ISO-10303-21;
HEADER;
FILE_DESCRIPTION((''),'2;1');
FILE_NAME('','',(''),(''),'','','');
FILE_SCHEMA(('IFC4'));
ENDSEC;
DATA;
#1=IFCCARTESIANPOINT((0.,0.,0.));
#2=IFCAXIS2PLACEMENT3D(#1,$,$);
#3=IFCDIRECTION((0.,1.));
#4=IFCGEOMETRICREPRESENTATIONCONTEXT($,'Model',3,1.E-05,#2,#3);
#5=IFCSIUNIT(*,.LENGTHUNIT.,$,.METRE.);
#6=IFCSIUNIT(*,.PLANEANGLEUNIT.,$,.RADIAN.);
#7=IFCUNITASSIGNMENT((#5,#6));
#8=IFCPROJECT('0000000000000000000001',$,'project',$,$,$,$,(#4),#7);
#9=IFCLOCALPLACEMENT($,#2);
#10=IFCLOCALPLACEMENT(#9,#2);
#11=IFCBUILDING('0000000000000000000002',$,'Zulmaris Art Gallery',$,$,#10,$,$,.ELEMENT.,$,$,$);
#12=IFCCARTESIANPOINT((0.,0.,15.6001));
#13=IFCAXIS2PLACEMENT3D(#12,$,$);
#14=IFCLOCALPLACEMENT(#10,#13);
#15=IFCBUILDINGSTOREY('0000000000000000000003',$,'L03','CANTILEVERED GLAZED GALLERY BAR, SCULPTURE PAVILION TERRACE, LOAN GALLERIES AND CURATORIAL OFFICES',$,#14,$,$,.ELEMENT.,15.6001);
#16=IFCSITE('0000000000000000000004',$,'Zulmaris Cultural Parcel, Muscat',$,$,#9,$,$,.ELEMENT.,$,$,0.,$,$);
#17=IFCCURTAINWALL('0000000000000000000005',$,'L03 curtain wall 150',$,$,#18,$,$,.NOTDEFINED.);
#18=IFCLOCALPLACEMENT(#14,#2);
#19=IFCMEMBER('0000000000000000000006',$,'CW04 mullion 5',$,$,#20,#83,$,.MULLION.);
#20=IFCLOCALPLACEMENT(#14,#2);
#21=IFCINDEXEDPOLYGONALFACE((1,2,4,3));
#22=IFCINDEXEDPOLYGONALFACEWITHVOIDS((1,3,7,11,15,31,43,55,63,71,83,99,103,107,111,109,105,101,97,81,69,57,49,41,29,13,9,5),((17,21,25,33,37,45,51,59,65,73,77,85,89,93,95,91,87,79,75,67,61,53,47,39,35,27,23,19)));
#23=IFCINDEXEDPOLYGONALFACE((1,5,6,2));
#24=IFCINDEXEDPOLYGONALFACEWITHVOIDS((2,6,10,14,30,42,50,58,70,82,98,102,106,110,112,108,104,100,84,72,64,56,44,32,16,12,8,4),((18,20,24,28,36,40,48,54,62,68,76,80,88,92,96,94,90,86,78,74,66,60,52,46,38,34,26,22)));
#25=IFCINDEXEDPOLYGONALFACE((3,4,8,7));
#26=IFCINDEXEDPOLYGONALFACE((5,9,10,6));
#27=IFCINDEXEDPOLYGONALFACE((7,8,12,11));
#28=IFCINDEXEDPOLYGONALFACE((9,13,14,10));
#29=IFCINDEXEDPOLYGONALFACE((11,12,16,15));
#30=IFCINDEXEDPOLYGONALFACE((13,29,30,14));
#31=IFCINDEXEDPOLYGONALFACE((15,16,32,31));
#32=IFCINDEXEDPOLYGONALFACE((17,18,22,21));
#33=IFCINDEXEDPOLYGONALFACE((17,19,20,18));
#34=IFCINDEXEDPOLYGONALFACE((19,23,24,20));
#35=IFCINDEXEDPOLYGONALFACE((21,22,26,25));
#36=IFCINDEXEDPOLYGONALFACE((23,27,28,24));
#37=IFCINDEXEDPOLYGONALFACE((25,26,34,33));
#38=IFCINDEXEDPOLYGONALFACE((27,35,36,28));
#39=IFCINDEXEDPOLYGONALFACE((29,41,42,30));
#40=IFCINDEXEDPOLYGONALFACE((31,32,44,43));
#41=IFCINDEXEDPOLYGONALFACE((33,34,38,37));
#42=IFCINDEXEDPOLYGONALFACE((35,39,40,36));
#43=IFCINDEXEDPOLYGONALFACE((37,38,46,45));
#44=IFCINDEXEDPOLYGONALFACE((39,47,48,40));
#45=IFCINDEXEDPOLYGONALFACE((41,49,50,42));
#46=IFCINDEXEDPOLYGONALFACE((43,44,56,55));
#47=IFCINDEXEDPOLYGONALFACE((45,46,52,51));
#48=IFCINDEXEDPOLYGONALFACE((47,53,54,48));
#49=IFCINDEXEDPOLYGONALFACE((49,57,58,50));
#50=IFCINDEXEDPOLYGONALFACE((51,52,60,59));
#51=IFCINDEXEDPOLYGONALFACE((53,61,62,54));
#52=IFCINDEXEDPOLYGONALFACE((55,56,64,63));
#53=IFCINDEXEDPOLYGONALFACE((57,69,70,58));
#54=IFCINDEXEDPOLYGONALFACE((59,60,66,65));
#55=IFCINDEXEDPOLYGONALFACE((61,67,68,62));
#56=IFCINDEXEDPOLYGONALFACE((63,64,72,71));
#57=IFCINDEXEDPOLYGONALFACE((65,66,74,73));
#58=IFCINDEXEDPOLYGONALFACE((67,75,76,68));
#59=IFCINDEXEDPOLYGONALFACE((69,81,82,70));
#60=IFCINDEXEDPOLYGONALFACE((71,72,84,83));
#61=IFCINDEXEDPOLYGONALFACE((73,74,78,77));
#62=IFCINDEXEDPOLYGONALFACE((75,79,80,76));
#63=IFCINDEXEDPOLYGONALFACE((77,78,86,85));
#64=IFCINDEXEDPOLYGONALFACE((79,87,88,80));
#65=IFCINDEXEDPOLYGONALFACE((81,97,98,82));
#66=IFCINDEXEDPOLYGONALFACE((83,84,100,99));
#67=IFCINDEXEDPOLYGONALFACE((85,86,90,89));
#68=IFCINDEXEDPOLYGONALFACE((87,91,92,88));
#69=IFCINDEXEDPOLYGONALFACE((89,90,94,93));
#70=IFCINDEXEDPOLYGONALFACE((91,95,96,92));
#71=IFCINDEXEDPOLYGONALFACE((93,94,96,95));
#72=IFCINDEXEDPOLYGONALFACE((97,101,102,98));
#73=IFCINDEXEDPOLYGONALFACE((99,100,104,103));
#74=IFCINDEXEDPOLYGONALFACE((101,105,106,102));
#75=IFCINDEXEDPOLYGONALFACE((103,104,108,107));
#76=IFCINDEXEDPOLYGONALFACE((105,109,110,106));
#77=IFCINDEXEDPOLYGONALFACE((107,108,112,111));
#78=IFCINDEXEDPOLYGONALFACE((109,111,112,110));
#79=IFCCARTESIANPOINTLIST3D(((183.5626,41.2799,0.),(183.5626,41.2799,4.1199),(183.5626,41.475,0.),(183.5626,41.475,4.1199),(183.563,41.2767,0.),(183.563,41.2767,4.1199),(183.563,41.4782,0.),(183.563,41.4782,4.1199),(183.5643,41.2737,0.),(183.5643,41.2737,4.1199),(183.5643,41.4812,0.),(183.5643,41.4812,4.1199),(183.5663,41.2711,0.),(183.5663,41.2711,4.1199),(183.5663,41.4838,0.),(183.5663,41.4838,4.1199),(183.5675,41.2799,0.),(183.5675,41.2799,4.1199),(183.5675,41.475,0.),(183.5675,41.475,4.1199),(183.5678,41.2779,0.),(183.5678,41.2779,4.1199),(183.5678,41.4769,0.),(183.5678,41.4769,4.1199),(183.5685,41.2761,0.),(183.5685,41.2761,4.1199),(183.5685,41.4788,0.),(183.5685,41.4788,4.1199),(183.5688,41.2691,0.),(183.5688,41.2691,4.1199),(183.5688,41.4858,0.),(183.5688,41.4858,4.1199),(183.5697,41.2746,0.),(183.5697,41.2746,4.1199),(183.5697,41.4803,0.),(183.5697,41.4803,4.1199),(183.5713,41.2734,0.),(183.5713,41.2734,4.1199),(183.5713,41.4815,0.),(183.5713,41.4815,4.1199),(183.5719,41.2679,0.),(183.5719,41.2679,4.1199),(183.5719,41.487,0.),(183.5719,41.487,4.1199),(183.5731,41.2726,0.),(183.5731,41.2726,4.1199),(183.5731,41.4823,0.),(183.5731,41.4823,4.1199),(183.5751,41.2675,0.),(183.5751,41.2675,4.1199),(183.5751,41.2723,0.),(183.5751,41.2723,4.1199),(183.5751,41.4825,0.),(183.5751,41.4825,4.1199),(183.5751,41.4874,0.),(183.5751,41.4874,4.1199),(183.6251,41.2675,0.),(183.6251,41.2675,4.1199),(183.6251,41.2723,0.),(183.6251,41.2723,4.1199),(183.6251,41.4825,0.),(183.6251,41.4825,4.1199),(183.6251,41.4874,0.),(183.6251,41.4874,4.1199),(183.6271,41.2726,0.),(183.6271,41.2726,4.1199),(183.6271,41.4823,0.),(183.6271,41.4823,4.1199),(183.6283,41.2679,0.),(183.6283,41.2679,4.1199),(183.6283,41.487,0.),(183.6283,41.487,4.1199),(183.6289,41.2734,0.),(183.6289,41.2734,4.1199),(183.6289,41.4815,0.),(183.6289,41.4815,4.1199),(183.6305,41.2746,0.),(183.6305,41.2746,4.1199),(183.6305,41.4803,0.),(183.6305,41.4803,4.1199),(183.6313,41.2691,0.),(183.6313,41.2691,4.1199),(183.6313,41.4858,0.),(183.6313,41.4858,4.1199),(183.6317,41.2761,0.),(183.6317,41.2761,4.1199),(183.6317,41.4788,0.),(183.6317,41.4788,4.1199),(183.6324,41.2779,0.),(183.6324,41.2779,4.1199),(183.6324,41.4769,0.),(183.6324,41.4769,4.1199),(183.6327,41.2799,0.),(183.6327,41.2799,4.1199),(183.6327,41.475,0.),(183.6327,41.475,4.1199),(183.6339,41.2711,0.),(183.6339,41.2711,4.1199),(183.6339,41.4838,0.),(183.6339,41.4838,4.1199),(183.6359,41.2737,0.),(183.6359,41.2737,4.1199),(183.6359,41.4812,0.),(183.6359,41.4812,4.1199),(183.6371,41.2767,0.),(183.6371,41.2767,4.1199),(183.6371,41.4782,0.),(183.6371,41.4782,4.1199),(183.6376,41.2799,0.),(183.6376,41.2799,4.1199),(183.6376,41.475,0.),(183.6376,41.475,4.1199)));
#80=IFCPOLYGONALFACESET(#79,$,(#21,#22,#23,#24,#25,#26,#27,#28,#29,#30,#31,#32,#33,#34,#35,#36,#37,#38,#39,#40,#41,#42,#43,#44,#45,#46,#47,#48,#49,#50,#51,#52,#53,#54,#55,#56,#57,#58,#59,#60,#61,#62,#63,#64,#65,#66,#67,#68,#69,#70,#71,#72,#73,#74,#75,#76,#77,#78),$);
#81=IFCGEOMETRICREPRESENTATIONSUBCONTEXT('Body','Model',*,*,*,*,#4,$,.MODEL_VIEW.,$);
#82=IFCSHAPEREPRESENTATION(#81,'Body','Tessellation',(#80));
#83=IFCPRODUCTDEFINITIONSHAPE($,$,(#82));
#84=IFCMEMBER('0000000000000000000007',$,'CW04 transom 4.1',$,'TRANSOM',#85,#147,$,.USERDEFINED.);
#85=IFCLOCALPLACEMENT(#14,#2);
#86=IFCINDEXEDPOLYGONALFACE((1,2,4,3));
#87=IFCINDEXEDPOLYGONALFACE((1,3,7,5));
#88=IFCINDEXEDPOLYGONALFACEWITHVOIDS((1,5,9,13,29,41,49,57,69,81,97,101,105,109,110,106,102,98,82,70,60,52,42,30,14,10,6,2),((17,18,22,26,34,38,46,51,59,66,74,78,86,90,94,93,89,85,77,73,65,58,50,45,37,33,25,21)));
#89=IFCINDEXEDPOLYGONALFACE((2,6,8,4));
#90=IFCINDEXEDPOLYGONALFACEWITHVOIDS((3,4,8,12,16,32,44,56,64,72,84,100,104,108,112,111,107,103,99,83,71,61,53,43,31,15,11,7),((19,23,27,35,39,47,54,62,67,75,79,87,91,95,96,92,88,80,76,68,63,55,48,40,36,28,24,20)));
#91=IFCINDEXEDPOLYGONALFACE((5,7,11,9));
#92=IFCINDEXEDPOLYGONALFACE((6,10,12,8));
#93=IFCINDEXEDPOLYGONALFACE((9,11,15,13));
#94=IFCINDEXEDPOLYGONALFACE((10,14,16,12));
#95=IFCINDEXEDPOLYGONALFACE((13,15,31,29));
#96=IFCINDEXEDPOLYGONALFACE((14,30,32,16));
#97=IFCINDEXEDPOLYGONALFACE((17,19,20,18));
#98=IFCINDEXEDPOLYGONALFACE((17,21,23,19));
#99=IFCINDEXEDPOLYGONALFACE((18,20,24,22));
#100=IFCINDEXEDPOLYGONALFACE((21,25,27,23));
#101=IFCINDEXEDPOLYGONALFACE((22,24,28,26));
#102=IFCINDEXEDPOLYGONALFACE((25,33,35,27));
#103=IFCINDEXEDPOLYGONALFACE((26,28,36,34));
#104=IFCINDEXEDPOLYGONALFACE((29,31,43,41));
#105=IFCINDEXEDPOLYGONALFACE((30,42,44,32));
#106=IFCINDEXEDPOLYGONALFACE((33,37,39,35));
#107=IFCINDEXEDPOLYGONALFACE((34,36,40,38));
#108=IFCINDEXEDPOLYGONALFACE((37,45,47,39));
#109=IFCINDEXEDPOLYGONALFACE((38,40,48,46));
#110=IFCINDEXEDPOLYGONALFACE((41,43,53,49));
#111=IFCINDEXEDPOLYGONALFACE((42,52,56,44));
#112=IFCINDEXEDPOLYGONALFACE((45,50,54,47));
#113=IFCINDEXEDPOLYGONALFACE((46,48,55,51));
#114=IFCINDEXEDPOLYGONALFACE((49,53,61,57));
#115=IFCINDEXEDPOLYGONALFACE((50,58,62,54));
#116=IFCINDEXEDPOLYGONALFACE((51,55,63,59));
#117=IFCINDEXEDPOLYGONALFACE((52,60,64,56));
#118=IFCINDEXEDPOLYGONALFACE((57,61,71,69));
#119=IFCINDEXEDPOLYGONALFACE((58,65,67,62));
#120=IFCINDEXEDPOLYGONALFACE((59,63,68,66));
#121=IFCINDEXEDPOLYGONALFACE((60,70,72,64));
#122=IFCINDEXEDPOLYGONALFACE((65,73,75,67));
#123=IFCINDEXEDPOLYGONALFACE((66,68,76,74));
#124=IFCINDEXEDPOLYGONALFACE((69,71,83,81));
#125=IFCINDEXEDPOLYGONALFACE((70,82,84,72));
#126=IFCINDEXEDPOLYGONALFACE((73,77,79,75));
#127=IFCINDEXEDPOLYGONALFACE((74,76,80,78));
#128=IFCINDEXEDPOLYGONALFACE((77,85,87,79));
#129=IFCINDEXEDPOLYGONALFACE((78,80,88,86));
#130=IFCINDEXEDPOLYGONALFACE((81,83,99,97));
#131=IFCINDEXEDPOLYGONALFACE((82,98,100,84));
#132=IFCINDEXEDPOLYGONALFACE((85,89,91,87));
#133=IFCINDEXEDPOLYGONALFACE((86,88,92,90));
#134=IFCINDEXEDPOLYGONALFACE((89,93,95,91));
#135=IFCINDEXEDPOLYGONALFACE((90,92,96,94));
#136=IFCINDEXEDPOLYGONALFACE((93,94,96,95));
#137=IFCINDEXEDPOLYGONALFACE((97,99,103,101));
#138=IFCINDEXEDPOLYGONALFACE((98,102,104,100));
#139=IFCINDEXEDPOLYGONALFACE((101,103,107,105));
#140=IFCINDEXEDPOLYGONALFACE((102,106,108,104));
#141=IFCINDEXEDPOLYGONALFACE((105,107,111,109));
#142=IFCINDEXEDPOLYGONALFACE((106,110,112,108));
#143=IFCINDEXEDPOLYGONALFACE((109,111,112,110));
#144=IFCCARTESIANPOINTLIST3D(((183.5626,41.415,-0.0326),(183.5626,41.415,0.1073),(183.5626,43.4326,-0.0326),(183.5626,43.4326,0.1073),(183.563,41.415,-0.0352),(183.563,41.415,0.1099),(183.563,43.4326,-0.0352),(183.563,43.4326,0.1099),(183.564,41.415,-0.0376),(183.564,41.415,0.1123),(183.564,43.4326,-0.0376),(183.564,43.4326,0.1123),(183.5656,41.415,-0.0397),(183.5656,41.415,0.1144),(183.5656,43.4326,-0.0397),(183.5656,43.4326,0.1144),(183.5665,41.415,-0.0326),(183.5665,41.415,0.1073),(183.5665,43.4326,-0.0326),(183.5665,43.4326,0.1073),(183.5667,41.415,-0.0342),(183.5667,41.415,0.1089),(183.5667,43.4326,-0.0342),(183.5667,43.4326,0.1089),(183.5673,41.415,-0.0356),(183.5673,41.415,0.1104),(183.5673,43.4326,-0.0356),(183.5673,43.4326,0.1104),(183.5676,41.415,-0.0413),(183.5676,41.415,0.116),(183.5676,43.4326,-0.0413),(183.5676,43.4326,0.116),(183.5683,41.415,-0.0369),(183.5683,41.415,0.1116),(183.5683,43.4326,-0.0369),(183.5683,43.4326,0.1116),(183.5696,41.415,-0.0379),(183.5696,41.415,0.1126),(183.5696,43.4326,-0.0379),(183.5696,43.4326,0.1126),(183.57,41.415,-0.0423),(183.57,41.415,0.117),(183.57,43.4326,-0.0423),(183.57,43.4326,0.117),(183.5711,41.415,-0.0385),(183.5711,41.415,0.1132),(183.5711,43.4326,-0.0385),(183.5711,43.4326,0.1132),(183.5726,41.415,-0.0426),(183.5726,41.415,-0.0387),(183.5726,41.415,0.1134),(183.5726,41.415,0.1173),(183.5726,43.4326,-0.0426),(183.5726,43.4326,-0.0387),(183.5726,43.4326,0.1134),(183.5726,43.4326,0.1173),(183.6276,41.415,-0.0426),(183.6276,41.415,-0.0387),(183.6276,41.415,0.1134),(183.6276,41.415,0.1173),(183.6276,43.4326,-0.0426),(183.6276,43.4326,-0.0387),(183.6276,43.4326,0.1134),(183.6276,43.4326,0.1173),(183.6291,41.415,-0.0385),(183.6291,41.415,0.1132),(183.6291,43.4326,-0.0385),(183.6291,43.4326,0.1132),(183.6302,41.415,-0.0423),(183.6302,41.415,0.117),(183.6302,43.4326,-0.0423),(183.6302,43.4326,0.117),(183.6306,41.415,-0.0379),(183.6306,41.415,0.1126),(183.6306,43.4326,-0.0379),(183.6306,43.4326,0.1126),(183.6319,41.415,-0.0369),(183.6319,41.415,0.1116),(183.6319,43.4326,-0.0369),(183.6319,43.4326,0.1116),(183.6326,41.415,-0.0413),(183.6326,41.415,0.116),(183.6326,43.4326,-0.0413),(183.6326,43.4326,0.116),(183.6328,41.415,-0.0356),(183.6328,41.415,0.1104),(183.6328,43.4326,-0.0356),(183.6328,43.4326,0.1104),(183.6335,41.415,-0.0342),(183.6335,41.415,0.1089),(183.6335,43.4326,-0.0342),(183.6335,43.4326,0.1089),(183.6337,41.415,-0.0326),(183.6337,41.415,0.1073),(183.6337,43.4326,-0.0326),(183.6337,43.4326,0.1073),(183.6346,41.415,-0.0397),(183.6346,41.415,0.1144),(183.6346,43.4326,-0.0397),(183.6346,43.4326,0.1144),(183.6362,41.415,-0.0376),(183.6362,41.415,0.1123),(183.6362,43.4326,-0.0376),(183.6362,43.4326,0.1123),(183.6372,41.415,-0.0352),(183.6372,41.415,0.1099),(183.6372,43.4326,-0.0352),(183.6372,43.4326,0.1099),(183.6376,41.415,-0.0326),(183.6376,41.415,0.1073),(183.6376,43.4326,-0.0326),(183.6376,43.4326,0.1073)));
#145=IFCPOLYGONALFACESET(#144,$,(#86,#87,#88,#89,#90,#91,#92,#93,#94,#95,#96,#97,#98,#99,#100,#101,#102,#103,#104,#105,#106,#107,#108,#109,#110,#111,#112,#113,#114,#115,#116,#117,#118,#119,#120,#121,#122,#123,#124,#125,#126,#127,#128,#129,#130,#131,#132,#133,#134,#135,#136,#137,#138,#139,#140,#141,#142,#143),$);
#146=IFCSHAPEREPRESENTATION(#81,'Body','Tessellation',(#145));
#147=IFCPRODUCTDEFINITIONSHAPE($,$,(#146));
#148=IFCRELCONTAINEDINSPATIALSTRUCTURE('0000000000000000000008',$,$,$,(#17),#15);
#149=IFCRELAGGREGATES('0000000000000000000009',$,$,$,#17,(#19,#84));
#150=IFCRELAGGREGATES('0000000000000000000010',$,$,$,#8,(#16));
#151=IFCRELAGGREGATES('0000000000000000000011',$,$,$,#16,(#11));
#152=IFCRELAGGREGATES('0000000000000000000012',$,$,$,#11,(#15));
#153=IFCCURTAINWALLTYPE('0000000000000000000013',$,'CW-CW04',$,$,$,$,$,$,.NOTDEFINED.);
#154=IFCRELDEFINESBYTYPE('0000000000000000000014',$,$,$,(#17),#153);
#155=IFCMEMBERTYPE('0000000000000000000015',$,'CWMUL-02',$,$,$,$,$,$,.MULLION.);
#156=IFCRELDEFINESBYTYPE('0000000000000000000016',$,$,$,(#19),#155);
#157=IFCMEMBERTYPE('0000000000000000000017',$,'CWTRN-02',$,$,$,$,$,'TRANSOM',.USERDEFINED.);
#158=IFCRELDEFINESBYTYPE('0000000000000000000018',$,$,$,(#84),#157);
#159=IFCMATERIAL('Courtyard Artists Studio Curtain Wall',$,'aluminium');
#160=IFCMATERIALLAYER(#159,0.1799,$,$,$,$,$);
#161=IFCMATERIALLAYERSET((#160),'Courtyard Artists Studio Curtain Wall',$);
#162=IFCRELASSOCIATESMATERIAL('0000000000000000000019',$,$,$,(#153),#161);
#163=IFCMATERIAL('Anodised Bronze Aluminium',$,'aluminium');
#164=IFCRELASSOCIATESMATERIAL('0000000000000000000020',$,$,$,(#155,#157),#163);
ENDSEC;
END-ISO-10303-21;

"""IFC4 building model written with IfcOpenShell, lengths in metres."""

from ifc_helpers import new_model, si_unit, direction, frame, origin, origin_2d, place, context, subcontext, project, spatial, hollow_rectangle, extrude, material, layer, layer_set, material_profile, profile_set, type_object, element, aggregate, save


model = new_model("IFC4")

# Units and contexts
model_context = context("Model", 3, precision=1e-05, world=origin(), true_north=direction((0.0, 1.0)))
body_context = subcontext(model_context, "Body", "Model", "MODEL_VIEW")
ifc_project = project(units=[si_unit("LENGTHUNIT", "METRE"), si_unit("PLANEANGLEUNIT", "RADIAN")], contexts=[model_context])

# Site, building, storey
site_placement = place(None, origin())
site = spatial("IfcSite", under=ifc_project, at=site_placement, Name="Zulmaris Cultural Parcel, Muscat", CompositionType="ELEMENT", RefElevation=0.0)
building_placement = place(site_placement, origin())
building = spatial("IfcBuilding", under=site, at=building_placement, Name="Zulmaris Art Gallery", CompositionType="ELEMENT")
storey_placement = place(building_placement, frame((0.0, 0.0, 15.6001)))
storey = spatial("IfcBuildingStorey", under=building, at=storey_placement, Name="L03", Description="CANTILEVERED GLAZED GALLERY BAR, SCULPTURE PAVILION TERRACE, LOAN GALLERIES AND CURATORIAL OFFICES", CompositionType="ELEMENT", Elevation=15.6001)

# Curtain wall, members
ifc_material_1 = material(Name="Courtyard Artists Studio Curtain Wall", Category="aluminium")
ifc_layer_1 = layer(ifc_material_1, 0.1799)
ifc_layer_set_1 = layer_set([ifc_layer_1], Name="Courtyard Artists Studio Curtain Wall")
curtain_wall_type = type_object("IfcCurtainWallType", Name="CW-CW04", PredefinedType="NOTDEFINED", material=ifc_layer_set_1)
curtain_wall_placement = place(storey_placement, origin())
curtain_wall = element("IfcCurtainWall", 1, at=curtain_wall_placement, inside=storey, type_object=curtain_wall_type, Name="L03 curtain wall 150", PredefinedType="NOTDEFINED")
ifc_material_2 = material(Name="Anodised Bronze Aluminium", Category="aluminium")
ifc_material_profile_1 = material_profile(ifc_material_2, hollow_rectangle(XDim=0.075, YDim=0.22, WallThickness=0.0049, InnerFilletRadius=0.0076, OuterFilletRadius=0.0125, at=origin_2d()), Name="ALU 75x220x5")
ifc_profile_set_1 = profile_set([ifc_material_profile_1], Name="Anodised Bronze Aluminium")
member_type_1 = type_object("IfcMemberType", Name="CWMUL-02", PredefinedType="MULLION", material=ifc_profile_set_1)
member_1_placement = place(storey_placement, frame((183.6001, 41.3774, 0.0), z_axis=(0.0, 0.0, 1.0), x_axis=(1.0, 0.0, 0.0)))
member_1 = element("IfcMember", 2, at=member_1_placement, type_object=member_type_1, Name="CW04 mullion 5", PredefinedType="MULLION", context=body_context, shape_type="SweptSolid", body=[
    extrude(hollow_rectangle(XDim=0.075, YDim=0.22, WallThickness=0.0049, InnerFilletRadius=0.0076, OuterFilletRadius=0.0125, at=origin_2d()), origin(), (0.0, 0.0, 1.0), 4.1199),
])
ifc_material_profile_2 = material_profile(ifc_material_2, hollow_rectangle(XDim=0.075, YDim=0.1599, WallThickness=0.0039, InnerFilletRadius=0.0061, OuterFilletRadius=0.01, at=origin_2d()), Name="ALU 75x160x4")
ifc_profile_set_2 = profile_set([ifc_material_profile_2], Name="Anodised Bronze Aluminium")
member_type_2 = type_object("IfcMemberType", Name="CWTRN-02", ElementType="TRANSOM", PredefinedType="USERDEFINED", material=ifc_profile_set_2)
member_2_placement = place(storey_placement, frame((183.6001, 43.4326, 0.0374), z_axis=(0.0, -1.0, 0.0), x_axis=(1.0, 0.0, 0.0)))
member_2 = element("IfcMember", 3, at=member_2_placement, type_object=member_type_2, Name="CW04 transom 4.1", ObjectType="TRANSOM", PredefinedType="USERDEFINED", context=body_context, shape_type="SweptSolid", body=[
    extrude(hollow_rectangle(XDim=0.075, YDim=0.1599, WallThickness=0.0039, InnerFilletRadius=0.0061, OuterFilletRadius=0.01, at=origin_2d()), origin(), (0.0, 0.0, 1.0), 2.0176),
])
aggregate(curtain_wall, [member_1, member_2])

save(model, "model.ifc")
